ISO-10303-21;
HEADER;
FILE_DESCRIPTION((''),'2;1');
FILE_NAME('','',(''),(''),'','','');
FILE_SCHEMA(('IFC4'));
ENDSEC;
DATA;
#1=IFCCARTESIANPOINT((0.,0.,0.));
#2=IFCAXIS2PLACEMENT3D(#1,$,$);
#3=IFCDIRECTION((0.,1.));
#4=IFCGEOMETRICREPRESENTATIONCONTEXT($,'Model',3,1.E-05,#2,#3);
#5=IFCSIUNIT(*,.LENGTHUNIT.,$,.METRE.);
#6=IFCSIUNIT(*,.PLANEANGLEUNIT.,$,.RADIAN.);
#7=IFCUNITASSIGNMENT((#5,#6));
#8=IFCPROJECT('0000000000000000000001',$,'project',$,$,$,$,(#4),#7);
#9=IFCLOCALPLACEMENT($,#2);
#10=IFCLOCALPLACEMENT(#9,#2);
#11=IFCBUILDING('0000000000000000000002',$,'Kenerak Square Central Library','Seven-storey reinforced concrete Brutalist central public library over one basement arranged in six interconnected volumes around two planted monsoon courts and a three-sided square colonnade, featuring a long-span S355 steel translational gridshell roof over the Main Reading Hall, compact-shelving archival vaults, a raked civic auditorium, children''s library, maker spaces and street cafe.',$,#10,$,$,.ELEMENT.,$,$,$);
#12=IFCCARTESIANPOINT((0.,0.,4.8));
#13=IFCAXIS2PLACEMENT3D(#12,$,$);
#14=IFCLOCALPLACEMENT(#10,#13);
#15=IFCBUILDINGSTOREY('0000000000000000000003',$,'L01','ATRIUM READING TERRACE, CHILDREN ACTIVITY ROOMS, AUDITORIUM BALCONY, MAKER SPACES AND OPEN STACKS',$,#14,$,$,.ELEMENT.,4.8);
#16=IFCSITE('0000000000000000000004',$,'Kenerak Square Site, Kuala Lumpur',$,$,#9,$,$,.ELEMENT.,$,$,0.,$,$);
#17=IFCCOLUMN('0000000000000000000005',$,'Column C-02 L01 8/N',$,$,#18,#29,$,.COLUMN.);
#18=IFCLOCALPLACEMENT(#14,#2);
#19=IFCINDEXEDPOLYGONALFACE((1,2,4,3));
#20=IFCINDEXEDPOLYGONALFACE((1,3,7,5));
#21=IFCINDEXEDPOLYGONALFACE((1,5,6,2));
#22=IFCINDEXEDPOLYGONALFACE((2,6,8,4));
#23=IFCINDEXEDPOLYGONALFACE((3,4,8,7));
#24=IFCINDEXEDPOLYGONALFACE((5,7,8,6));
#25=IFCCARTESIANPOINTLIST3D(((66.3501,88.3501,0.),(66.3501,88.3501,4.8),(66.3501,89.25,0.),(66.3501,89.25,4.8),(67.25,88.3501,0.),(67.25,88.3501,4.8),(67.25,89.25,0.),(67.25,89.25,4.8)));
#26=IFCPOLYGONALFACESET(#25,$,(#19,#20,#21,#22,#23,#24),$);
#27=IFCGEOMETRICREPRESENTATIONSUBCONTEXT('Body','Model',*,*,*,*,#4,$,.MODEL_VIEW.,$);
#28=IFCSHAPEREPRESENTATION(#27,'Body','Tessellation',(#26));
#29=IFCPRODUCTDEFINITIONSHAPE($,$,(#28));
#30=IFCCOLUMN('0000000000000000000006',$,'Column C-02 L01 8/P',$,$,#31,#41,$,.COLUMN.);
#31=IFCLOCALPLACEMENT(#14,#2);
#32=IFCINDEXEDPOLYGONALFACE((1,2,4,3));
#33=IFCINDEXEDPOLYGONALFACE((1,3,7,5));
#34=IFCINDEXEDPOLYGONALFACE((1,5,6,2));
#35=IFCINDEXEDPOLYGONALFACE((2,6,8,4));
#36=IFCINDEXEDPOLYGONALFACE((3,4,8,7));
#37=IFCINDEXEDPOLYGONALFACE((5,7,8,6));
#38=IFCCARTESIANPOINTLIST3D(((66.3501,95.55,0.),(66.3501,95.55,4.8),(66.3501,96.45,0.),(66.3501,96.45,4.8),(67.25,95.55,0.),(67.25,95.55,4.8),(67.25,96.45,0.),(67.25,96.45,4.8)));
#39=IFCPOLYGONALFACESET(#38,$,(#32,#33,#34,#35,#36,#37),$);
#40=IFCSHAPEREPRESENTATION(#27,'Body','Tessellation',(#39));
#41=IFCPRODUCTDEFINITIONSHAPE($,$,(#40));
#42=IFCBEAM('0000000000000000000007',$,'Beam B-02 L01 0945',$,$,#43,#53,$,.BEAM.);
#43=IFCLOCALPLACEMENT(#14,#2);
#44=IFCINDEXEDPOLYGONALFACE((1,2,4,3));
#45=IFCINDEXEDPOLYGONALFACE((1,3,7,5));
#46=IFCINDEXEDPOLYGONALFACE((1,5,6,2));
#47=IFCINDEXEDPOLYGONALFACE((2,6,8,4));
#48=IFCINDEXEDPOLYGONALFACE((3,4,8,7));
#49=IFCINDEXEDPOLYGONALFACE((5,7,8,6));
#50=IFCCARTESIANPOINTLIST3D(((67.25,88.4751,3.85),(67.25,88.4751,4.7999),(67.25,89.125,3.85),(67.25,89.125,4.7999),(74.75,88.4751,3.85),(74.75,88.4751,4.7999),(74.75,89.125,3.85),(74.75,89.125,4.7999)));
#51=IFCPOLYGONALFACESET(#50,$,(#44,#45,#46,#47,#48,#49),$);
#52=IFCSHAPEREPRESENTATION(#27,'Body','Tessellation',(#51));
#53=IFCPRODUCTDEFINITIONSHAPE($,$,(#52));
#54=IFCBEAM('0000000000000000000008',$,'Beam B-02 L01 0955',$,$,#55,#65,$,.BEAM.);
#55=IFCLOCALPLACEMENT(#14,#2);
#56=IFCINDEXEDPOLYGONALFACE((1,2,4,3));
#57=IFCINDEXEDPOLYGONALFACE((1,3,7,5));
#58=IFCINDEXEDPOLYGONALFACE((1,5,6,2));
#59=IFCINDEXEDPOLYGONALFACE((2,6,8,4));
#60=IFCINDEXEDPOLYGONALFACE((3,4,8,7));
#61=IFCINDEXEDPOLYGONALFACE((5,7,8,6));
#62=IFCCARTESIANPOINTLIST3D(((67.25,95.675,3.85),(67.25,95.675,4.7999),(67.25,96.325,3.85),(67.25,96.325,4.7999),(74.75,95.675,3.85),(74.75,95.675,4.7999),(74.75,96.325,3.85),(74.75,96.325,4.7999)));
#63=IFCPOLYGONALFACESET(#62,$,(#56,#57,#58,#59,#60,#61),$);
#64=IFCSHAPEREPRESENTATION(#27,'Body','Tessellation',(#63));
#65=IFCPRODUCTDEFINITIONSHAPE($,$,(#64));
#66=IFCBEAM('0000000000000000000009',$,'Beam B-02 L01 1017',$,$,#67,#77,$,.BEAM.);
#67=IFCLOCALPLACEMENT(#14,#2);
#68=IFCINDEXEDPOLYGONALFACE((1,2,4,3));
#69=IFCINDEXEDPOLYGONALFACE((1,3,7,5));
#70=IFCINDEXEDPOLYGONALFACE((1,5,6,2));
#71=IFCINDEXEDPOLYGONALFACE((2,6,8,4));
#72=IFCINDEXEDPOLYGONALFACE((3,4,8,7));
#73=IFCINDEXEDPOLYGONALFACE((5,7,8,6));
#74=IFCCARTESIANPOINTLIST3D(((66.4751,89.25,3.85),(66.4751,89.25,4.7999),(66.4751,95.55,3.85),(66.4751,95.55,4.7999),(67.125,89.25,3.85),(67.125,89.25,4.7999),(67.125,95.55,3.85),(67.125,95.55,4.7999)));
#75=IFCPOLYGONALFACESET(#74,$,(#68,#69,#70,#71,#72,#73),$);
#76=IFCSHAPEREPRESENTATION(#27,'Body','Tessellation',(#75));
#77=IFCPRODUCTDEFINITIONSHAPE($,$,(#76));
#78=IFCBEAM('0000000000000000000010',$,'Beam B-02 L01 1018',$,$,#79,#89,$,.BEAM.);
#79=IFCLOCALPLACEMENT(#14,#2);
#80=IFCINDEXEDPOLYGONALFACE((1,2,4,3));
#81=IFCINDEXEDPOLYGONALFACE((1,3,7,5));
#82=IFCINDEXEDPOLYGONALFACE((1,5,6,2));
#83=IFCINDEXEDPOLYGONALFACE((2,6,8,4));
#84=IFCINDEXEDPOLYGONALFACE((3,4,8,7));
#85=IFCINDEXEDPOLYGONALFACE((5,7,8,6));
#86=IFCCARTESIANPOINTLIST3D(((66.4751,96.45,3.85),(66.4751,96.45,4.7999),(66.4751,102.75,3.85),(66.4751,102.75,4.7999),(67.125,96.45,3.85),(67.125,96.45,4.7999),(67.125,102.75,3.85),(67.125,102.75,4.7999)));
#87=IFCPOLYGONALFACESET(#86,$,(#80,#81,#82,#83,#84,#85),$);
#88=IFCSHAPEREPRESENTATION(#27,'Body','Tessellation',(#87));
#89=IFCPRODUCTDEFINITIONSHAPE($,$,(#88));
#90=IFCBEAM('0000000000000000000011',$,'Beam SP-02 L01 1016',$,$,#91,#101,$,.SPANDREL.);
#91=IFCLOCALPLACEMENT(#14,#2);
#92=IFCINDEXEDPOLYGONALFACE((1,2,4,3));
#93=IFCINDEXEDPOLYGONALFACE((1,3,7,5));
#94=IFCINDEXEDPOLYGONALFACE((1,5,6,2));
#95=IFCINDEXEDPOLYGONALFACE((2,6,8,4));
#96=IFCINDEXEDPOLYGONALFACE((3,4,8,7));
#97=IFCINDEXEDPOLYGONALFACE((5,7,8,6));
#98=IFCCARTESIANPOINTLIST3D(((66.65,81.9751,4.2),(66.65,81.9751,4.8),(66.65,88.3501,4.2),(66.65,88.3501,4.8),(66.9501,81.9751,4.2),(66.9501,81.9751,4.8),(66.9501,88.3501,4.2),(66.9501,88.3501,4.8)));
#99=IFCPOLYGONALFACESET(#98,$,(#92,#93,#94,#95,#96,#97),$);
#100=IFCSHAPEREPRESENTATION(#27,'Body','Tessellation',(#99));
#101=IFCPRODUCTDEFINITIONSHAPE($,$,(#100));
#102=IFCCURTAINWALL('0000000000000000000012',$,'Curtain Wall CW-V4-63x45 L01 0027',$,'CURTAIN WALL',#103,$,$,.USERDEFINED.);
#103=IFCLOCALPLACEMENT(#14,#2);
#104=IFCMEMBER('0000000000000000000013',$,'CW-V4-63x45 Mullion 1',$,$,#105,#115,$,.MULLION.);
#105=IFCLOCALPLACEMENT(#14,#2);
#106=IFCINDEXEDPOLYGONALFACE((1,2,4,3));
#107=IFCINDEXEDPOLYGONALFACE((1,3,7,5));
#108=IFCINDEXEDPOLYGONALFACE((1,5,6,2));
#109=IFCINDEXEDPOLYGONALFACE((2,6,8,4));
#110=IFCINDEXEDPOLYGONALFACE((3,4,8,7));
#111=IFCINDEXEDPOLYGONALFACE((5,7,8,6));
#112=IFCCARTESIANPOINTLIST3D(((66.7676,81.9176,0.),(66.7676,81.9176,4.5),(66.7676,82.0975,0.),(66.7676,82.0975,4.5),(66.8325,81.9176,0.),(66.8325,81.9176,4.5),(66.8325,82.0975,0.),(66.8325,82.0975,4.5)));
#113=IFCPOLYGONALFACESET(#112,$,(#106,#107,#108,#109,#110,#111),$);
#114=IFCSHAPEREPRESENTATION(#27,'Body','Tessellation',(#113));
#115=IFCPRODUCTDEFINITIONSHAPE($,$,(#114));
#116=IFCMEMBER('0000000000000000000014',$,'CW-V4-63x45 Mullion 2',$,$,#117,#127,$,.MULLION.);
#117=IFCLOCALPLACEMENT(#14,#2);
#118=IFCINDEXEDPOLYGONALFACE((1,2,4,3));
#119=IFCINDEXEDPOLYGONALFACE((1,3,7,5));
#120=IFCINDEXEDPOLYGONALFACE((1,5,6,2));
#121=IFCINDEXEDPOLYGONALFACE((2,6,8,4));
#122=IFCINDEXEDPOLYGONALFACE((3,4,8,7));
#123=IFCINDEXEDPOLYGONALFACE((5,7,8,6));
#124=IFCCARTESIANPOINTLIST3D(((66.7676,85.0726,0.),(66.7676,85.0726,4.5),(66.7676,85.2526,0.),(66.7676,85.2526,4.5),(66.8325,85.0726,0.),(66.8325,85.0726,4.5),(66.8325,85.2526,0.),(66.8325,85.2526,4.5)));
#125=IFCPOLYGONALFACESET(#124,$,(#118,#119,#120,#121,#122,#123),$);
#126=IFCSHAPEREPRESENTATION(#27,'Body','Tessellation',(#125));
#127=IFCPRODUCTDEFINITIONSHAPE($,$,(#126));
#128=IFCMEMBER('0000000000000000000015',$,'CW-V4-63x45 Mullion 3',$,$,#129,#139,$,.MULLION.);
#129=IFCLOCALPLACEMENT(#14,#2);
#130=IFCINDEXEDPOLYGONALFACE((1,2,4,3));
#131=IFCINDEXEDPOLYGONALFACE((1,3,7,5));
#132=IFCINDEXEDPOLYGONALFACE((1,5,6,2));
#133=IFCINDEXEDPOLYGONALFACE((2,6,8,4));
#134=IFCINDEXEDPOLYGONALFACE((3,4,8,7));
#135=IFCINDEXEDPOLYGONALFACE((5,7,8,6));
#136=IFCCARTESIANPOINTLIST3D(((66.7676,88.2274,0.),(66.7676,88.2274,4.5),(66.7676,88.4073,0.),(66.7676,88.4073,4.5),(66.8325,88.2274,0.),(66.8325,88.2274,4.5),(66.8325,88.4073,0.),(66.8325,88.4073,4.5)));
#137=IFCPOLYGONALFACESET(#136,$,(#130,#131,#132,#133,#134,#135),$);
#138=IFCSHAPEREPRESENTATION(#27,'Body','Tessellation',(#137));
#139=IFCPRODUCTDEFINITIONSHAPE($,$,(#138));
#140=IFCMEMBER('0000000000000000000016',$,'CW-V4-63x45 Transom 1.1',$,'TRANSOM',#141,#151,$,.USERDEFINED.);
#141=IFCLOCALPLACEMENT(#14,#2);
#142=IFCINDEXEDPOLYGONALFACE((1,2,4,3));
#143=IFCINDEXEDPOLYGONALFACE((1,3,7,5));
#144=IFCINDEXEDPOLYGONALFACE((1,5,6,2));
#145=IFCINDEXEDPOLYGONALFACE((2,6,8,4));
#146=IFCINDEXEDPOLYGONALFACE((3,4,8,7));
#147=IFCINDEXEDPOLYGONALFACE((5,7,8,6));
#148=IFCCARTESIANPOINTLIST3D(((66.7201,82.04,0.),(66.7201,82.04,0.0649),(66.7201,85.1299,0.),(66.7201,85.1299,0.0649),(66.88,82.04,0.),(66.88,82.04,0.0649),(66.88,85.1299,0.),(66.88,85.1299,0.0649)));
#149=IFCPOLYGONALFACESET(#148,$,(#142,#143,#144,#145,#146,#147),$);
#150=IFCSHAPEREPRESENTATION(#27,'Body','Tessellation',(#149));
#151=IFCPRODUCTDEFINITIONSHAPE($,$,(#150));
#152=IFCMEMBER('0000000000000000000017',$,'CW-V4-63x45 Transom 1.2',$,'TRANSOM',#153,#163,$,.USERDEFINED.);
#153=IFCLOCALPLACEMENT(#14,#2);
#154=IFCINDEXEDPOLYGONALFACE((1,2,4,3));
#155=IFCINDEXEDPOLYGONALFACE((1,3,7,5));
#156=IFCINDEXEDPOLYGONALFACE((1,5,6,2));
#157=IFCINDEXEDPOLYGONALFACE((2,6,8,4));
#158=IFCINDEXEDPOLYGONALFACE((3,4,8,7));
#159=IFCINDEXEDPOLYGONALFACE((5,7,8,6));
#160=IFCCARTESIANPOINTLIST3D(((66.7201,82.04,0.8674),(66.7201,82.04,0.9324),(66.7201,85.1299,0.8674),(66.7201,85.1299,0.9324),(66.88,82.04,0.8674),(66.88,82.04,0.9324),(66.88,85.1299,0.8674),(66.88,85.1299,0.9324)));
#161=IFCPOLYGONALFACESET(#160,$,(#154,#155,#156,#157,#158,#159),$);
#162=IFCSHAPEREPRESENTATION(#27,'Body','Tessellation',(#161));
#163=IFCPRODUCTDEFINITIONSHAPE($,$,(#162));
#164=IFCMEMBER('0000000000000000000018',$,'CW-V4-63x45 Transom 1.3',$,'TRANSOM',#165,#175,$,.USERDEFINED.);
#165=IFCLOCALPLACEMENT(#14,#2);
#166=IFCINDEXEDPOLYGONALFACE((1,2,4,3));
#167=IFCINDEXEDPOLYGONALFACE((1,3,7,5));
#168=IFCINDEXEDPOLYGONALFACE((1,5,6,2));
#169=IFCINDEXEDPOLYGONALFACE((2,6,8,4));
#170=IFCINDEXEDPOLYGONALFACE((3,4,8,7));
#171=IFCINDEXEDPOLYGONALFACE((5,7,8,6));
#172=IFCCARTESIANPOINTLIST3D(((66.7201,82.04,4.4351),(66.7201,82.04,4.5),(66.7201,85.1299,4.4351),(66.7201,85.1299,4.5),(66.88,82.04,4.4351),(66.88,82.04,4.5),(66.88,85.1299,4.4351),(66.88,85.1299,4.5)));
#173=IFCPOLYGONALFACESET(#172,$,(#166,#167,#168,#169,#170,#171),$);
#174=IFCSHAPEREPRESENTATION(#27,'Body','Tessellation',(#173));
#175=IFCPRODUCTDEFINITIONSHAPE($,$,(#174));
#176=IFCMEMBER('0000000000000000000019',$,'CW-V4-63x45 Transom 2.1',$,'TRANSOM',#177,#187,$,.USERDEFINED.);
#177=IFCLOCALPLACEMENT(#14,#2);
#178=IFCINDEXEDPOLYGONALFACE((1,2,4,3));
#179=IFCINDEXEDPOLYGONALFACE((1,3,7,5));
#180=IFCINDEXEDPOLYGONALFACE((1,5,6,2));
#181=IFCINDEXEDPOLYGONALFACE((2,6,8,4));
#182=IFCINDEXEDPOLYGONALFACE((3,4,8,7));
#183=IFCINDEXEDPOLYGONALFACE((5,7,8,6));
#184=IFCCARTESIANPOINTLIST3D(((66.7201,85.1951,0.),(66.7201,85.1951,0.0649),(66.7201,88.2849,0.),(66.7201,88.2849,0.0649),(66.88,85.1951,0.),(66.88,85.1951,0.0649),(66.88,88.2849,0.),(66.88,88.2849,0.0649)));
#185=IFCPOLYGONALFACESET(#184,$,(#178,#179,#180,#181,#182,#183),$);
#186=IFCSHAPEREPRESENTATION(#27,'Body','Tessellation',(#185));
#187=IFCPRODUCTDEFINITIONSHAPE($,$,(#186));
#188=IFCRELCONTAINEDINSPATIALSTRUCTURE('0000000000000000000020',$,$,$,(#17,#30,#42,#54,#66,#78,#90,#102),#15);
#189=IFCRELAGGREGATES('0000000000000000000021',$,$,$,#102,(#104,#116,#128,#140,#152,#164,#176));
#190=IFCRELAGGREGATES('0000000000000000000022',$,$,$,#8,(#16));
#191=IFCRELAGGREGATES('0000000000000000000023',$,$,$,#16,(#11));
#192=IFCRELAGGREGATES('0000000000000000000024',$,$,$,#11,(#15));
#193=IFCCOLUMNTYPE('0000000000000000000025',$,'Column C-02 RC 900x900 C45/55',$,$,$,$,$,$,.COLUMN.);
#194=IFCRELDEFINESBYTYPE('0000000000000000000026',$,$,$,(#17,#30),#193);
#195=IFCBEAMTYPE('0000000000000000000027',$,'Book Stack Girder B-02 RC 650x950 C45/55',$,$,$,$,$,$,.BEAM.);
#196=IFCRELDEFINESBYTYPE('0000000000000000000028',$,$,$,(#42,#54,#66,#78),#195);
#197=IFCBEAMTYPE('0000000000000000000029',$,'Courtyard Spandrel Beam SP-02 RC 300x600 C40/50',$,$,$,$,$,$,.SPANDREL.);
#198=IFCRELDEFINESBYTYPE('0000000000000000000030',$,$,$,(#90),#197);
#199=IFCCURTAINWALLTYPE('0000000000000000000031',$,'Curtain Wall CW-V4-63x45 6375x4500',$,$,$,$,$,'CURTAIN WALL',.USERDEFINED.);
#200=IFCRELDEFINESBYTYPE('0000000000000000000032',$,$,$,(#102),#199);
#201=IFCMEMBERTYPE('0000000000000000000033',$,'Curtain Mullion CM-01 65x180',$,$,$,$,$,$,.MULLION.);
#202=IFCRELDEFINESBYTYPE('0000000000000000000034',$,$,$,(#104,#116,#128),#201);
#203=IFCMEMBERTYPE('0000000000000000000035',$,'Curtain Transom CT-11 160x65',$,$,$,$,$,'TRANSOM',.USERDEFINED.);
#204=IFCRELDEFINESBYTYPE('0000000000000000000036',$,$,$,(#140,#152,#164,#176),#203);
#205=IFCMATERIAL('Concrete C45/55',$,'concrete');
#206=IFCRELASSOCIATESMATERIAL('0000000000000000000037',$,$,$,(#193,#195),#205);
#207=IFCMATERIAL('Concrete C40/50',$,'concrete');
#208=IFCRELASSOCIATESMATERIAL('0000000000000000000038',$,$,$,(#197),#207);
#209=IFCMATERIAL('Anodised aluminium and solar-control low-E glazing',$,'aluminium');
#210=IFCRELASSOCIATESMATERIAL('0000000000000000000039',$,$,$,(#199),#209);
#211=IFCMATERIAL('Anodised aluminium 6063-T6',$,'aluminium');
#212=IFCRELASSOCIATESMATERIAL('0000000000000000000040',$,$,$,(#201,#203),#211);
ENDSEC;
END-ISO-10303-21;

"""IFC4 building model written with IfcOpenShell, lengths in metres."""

from ifc_helpers import new_model, si_unit, direction, frame, origin, origin_2d, place, context, subcontext, project, spatial, rectangle, extrude, material, material_profile, profile_set, type_object, element, aggregate, save


model = new_model("IFC4")

# Units and contexts
model_context = context("Model", 3, precision=1e-05, world=origin(), true_north=direction((0.0, 1.0)))
body_context = subcontext(model_context, "Body", "Model", "MODEL_VIEW")
ifc_project = project(units=[si_unit("LENGTHUNIT", "METRE"), si_unit("PLANEANGLEUNIT", "RADIAN")], contexts=[model_context])

# Site, building, storey
site_placement = place(None, origin())
site = spatial("IfcSite", under=ifc_project, at=site_placement, Name="Kenerak Square Site, Kuala Lumpur", CompositionType="ELEMENT", RefElevation=0.0)
building_placement = place(site_placement, origin())
building = spatial("IfcBuilding", under=site, at=building_placement, Name="Kenerak Square Central Library", Description="Seven-storey reinforced concrete Brutalist central public library over one basement arranged in six interconnected volumes around two planted monsoon courts and a three-sided square colonnade, featuring a long-span S355 steel translational gridshell roof over the Main Reading Hall, compact-shelving archival vaults, a raked civic auditorium, children's library, maker spaces and street cafe.", CompositionType="ELEMENT")
storey_placement = place(building_placement, frame((0.0, 0.0, 4.8)))
storey = spatial("IfcBuildingStorey", under=building, at=storey_placement, Name="L01", Description="ATRIUM READING TERRACE, CHILDREN ACTIVITY ROOMS, AUDITORIUM BALCONY, MAKER SPACES AND OPEN STACKS", CompositionType="ELEMENT", Elevation=4.8)

# Columns
ifc_material_1 = material(Name="Concrete C45/55", Category="concrete")
ifc_material_profile_1 = material_profile(ifc_material_1, rectangle(XDim=0.8999, YDim=0.8999, at=origin_2d()), Name="RC 900x900")
ifc_profile_set_1 = profile_set([ifc_material_profile_1], Name="Concrete C45/55")
column_type = type_object("IfcColumnType", Name="Column C-02 RC 900x900 C45/55", PredefinedType="COLUMN", material=ifc_profile_set_1)
for number, where, z_axis, x_axis, name in (
    (1, (66.8, 88.8, 0.0), (0.0, 0.0, 1.0), (1.0, 0.0, 0.0), "Column C-02 L01 8/N"),
    (2, (66.8, 96.0, 0.0), (0.0, 0.0, 1.0), (1.0, 0.0, 0.0), "Column C-02 L01 8/P"),
):
    element("IfcColumn", number, at=place(storey_placement, frame(where, z_axis=z_axis, x_axis=x_axis)), inside=storey, type_object=column_type, Name=name, PredefinedType="COLUMN", context=body_context, shape_type="SweptSolid", body=[
        extrude(rectangle(XDim=0.8999, YDim=0.8999, at=origin_2d()), origin(), (0.0, 0.0, 1.0), 4.8),
    ])

# Beams
ifc_material_profile_2 = material_profile(ifc_material_1, rectangle(XDim=0.6499, YDim=0.95, at=origin_2d()), Name="RC 650x950")
ifc_profile_set_2 = profile_set([ifc_material_profile_2], Name="Concrete C45/55")
beam_type_1 = type_object("IfcBeamType", Name="Book Stack Girder B-02 RC 650x950 C45/55", PredefinedType="BEAM", material=ifc_profile_set_2)
for number, where, z_axis, x_axis, name in (
    (3, (67.25, 88.8, 4.325), (1.0, 0.0, 0.0), (0.0, 1.0, 0.0), "Beam B-02 L01 0945"),
    (4, (67.25, 96.0, 4.325), (1.0, 0.0, 0.0), (0.0, 1.0, 0.0), "Beam B-02 L01 0955"),
):
    element("IfcBeam", number, at=place(storey_placement, frame(where, z_axis=z_axis, x_axis=x_axis)), inside=storey, type_object=beam_type_1, Name=name, PredefinedType="BEAM", context=body_context, shape_type="SweptSolid", body=[
        extrude(rectangle(XDim=0.6499, YDim=0.95, at=origin_2d()), origin(), (0.0, 0.0, 1.0), 7.5),
    ])
for number, where, z_axis, x_axis, name in (
    (5, (66.8, 89.25, 4.325), (0.0, 1.0, 0.0), (-1.0, 0.0, 0.0), "Beam B-02 L01 1017"),
    (6, (66.8, 96.45, 4.325), (0.0, 1.0, 0.0), (-1.0, 0.0, 0.0), "Beam B-02 L01 1018"),
):
    element("IfcBeam", number, at=place(storey_placement, frame(where, z_axis=z_axis, x_axis=x_axis)), inside=storey, type_object=beam_type_1, Name=name, PredefinedType="BEAM", context=body_context, shape_type="SweptSolid", body=[
        extrude(rectangle(XDim=0.6499, YDim=0.95, at=origin_2d()), origin(), (0.0, 0.0, 1.0), 6.3),
    ])
ifc_material_2 = material(Name="Concrete C40/50", Category="concrete")
ifc_material_profile_3 = material_profile(ifc_material_2, rectangle(XDim=0.3, YDim=0.6001, at=origin_2d()), Name="RC 300x600")
ifc_profile_set_3 = profile_set([ifc_material_profile_3], Name="Concrete C40/50")
beam_type_2 = type_object("IfcBeamType", Name="Courtyard Spandrel Beam SP-02 RC 300x600 C40/50", PredefinedType="SPANDREL", material=ifc_profile_set_3)
beam_1_placement = place(storey_placement, frame((66.8, 81.9751, 4.5), z_axis=(0.0, 1.0, 0.0), x_axis=(-1.0, 0.0, 0.0)))
element("IfcBeam", 7, at=beam_1_placement, inside=storey, type_object=beam_type_2, Name="Beam SP-02 L01 1016", PredefinedType="SPANDREL", context=body_context, shape_type="SweptSolid", body=[
    extrude(rectangle(XDim=0.3, YDim=0.6001, at=origin_2d()), origin(), (0.0, 0.0, 1.0), 6.375),
])

# Curtain wall, members
ifc_material_3 = material(Name="Anodised aluminium and solar-control low-E glazing", Category="aluminium")
curtain_wall_type = type_object("IfcCurtainWallType", Name="Curtain Wall CW-V4-63x45 6375x4500", ElementType="CURTAIN WALL", PredefinedType="USERDEFINED", material=ifc_material_3)
curtain_wall_placement = place(storey_placement, origin())
curtain_wall = element("IfcCurtainWall", 8, at=curtain_wall_placement, inside=storey, type_object=curtain_wall_type, Name="Curtain Wall CW-V4-63x45 L01 0027", ObjectType="CURTAIN WALL", PredefinedType="USERDEFINED")
ifc_material_4 = material(Name="Anodised aluminium 6063-T6", Category="aluminium")
ifc_material_profile_4 = material_profile(ifc_material_4, rectangle(XDim=0.0649, YDim=0.1799, at=origin_2d()), Name="AL MULLION 65x180")
ifc_profile_set_4 = profile_set([ifc_material_profile_4], Name="Anodised aluminium 6063-T6")
member_type_1 = type_object("IfcMemberType", Name="Curtain Mullion CM-01 65x180", PredefinedType="MULLION", material=ifc_profile_set_4)
member_1_placement = place(storey_placement, frame((66.8, 82.0076, 0.0), z_axis=(0.0, 0.0, 1.0), x_axis=(-1.0, 0.0, 0.0)))
member_1 = element("IfcMember", 9, at=member_1_placement, type_object=member_type_1, Name="CW-V4-63x45 Mullion 1", PredefinedType="MULLION", context=body_context, shape_type="SweptSolid", body=[
    extrude(rectangle(XDim=0.0649, YDim=0.1799, at=origin_2d()), origin(), (0.0, 0.0, 1.0), 4.5),
])
member_2_placement = place(storey_placement, frame((66.8, 85.1626, 0.0), z_axis=(0.0, 0.0, 1.0), x_axis=(-1.0, 0.0, 0.0)))
member_2 = element("IfcMember", 10, at=member_2_placement, type_object=member_type_1, Name="CW-V4-63x45 Mullion 2", PredefinedType="MULLION", context=body_context, shape_type="SweptSolid", body=[
    extrude(rectangle(XDim=0.0649, YDim=0.1799, at=origin_2d()), origin(), (0.0, 0.0, 1.0), 4.5),
])
member_3_placement = place(storey_placement, frame((66.8, 88.3174, 0.0), z_axis=(0.0, 0.0, 1.0), x_axis=(-1.0, 0.0, 0.0)))
member_3 = element("IfcMember", 11, at=member_3_placement, type_object=member_type_1, Name="CW-V4-63x45 Mullion 3", PredefinedType="MULLION", context=body_context, shape_type="SweptSolid", body=[
    extrude(rectangle(XDim=0.0649, YDim=0.1799, at=origin_2d()), origin(), (0.0, 0.0, 1.0), 4.5),
])
ifc_material_profile_5 = material_profile(ifc_material_4, rectangle(XDim=0.1599, YDim=0.0649, at=origin_2d()), Name="AL TRANSOM 160x65")
ifc_profile_set_5 = profile_set([ifc_material_profile_5], Name="Anodised aluminium 6063-T6")
member_type_2 = type_object("IfcMemberType", Name="Curtain Transom CT-11 160x65", ElementType="TRANSOM", PredefinedType="USERDEFINED", material=ifc_profile_set_5)
member_4_placement = place(storey_placement, frame((66.8, 82.04, 0.0325), z_axis=(0.0, 1.0, 0.0), x_axis=(-1.0, 0.0, 0.0)))
member_4 = element("IfcMember", 12, at=member_4_placement, type_object=member_type_2, Name="CW-V4-63x45 Transom 1.1", ObjectType="TRANSOM", PredefinedType="USERDEFINED", context=body_context, shape_type="SweptSolid", body=[
    extrude(rectangle(XDim=0.1599, YDim=0.0649, at=origin_2d()), origin(), (0.0, 0.0, 1.0), 3.0898),
])
member_5_placement = place(storey_placement, frame((66.8, 82.04, 0.8999), z_axis=(0.0, 1.0, 0.0), x_axis=(-1.0, 0.0, 0.0)))
member_5 = element("IfcMember", 13, at=member_5_placement, type_object=member_type_2, Name="CW-V4-63x45 Transom 1.2", ObjectType="TRANSOM", PredefinedType="USERDEFINED", context=body_context, shape_type="SweptSolid", body=[
    extrude(rectangle(XDim=0.1599, YDim=0.0649, at=origin_2d()), origin(), (0.0, 0.0, 1.0), 3.0898),
])
member_6_placement = place(storey_placement, frame((66.8, 82.04, 4.4675), z_axis=(0.0, 1.0, 0.0), x_axis=(-1.0, 0.0, 0.0)))
member_6 = element("IfcMember", 14, at=member_6_placement, type_object=member_type_2, Name="CW-V4-63x45 Transom 1.3", ObjectType="TRANSOM", PredefinedType="USERDEFINED", context=body_context, shape_type="SweptSolid", body=[
    extrude(rectangle(XDim=0.1599, YDim=0.0649, at=origin_2d()), origin(), (0.0, 0.0, 1.0), 3.0898),
])
member_7_placement = place(storey_placement, frame((66.8, 85.1951, 0.0325), z_axis=(0.0, 1.0, 0.0), x_axis=(-1.0, 0.0, 0.0)))
member_7 = element("IfcMember", 15, at=member_7_placement, type_object=member_type_2, Name="CW-V4-63x45 Transom 2.1", ObjectType="TRANSOM", PredefinedType="USERDEFINED", context=body_context, shape_type="SweptSolid", body=[
    extrude(rectangle(XDim=0.1599, YDim=0.0649, at=origin_2d()), origin(), (0.0, 0.0, 1.0), 3.0898),
])

aggregate(curtain_wall, [member_1, member_2, member_3, member_4, member_5, member_6, member_7])

save(model, "model.ifc")
